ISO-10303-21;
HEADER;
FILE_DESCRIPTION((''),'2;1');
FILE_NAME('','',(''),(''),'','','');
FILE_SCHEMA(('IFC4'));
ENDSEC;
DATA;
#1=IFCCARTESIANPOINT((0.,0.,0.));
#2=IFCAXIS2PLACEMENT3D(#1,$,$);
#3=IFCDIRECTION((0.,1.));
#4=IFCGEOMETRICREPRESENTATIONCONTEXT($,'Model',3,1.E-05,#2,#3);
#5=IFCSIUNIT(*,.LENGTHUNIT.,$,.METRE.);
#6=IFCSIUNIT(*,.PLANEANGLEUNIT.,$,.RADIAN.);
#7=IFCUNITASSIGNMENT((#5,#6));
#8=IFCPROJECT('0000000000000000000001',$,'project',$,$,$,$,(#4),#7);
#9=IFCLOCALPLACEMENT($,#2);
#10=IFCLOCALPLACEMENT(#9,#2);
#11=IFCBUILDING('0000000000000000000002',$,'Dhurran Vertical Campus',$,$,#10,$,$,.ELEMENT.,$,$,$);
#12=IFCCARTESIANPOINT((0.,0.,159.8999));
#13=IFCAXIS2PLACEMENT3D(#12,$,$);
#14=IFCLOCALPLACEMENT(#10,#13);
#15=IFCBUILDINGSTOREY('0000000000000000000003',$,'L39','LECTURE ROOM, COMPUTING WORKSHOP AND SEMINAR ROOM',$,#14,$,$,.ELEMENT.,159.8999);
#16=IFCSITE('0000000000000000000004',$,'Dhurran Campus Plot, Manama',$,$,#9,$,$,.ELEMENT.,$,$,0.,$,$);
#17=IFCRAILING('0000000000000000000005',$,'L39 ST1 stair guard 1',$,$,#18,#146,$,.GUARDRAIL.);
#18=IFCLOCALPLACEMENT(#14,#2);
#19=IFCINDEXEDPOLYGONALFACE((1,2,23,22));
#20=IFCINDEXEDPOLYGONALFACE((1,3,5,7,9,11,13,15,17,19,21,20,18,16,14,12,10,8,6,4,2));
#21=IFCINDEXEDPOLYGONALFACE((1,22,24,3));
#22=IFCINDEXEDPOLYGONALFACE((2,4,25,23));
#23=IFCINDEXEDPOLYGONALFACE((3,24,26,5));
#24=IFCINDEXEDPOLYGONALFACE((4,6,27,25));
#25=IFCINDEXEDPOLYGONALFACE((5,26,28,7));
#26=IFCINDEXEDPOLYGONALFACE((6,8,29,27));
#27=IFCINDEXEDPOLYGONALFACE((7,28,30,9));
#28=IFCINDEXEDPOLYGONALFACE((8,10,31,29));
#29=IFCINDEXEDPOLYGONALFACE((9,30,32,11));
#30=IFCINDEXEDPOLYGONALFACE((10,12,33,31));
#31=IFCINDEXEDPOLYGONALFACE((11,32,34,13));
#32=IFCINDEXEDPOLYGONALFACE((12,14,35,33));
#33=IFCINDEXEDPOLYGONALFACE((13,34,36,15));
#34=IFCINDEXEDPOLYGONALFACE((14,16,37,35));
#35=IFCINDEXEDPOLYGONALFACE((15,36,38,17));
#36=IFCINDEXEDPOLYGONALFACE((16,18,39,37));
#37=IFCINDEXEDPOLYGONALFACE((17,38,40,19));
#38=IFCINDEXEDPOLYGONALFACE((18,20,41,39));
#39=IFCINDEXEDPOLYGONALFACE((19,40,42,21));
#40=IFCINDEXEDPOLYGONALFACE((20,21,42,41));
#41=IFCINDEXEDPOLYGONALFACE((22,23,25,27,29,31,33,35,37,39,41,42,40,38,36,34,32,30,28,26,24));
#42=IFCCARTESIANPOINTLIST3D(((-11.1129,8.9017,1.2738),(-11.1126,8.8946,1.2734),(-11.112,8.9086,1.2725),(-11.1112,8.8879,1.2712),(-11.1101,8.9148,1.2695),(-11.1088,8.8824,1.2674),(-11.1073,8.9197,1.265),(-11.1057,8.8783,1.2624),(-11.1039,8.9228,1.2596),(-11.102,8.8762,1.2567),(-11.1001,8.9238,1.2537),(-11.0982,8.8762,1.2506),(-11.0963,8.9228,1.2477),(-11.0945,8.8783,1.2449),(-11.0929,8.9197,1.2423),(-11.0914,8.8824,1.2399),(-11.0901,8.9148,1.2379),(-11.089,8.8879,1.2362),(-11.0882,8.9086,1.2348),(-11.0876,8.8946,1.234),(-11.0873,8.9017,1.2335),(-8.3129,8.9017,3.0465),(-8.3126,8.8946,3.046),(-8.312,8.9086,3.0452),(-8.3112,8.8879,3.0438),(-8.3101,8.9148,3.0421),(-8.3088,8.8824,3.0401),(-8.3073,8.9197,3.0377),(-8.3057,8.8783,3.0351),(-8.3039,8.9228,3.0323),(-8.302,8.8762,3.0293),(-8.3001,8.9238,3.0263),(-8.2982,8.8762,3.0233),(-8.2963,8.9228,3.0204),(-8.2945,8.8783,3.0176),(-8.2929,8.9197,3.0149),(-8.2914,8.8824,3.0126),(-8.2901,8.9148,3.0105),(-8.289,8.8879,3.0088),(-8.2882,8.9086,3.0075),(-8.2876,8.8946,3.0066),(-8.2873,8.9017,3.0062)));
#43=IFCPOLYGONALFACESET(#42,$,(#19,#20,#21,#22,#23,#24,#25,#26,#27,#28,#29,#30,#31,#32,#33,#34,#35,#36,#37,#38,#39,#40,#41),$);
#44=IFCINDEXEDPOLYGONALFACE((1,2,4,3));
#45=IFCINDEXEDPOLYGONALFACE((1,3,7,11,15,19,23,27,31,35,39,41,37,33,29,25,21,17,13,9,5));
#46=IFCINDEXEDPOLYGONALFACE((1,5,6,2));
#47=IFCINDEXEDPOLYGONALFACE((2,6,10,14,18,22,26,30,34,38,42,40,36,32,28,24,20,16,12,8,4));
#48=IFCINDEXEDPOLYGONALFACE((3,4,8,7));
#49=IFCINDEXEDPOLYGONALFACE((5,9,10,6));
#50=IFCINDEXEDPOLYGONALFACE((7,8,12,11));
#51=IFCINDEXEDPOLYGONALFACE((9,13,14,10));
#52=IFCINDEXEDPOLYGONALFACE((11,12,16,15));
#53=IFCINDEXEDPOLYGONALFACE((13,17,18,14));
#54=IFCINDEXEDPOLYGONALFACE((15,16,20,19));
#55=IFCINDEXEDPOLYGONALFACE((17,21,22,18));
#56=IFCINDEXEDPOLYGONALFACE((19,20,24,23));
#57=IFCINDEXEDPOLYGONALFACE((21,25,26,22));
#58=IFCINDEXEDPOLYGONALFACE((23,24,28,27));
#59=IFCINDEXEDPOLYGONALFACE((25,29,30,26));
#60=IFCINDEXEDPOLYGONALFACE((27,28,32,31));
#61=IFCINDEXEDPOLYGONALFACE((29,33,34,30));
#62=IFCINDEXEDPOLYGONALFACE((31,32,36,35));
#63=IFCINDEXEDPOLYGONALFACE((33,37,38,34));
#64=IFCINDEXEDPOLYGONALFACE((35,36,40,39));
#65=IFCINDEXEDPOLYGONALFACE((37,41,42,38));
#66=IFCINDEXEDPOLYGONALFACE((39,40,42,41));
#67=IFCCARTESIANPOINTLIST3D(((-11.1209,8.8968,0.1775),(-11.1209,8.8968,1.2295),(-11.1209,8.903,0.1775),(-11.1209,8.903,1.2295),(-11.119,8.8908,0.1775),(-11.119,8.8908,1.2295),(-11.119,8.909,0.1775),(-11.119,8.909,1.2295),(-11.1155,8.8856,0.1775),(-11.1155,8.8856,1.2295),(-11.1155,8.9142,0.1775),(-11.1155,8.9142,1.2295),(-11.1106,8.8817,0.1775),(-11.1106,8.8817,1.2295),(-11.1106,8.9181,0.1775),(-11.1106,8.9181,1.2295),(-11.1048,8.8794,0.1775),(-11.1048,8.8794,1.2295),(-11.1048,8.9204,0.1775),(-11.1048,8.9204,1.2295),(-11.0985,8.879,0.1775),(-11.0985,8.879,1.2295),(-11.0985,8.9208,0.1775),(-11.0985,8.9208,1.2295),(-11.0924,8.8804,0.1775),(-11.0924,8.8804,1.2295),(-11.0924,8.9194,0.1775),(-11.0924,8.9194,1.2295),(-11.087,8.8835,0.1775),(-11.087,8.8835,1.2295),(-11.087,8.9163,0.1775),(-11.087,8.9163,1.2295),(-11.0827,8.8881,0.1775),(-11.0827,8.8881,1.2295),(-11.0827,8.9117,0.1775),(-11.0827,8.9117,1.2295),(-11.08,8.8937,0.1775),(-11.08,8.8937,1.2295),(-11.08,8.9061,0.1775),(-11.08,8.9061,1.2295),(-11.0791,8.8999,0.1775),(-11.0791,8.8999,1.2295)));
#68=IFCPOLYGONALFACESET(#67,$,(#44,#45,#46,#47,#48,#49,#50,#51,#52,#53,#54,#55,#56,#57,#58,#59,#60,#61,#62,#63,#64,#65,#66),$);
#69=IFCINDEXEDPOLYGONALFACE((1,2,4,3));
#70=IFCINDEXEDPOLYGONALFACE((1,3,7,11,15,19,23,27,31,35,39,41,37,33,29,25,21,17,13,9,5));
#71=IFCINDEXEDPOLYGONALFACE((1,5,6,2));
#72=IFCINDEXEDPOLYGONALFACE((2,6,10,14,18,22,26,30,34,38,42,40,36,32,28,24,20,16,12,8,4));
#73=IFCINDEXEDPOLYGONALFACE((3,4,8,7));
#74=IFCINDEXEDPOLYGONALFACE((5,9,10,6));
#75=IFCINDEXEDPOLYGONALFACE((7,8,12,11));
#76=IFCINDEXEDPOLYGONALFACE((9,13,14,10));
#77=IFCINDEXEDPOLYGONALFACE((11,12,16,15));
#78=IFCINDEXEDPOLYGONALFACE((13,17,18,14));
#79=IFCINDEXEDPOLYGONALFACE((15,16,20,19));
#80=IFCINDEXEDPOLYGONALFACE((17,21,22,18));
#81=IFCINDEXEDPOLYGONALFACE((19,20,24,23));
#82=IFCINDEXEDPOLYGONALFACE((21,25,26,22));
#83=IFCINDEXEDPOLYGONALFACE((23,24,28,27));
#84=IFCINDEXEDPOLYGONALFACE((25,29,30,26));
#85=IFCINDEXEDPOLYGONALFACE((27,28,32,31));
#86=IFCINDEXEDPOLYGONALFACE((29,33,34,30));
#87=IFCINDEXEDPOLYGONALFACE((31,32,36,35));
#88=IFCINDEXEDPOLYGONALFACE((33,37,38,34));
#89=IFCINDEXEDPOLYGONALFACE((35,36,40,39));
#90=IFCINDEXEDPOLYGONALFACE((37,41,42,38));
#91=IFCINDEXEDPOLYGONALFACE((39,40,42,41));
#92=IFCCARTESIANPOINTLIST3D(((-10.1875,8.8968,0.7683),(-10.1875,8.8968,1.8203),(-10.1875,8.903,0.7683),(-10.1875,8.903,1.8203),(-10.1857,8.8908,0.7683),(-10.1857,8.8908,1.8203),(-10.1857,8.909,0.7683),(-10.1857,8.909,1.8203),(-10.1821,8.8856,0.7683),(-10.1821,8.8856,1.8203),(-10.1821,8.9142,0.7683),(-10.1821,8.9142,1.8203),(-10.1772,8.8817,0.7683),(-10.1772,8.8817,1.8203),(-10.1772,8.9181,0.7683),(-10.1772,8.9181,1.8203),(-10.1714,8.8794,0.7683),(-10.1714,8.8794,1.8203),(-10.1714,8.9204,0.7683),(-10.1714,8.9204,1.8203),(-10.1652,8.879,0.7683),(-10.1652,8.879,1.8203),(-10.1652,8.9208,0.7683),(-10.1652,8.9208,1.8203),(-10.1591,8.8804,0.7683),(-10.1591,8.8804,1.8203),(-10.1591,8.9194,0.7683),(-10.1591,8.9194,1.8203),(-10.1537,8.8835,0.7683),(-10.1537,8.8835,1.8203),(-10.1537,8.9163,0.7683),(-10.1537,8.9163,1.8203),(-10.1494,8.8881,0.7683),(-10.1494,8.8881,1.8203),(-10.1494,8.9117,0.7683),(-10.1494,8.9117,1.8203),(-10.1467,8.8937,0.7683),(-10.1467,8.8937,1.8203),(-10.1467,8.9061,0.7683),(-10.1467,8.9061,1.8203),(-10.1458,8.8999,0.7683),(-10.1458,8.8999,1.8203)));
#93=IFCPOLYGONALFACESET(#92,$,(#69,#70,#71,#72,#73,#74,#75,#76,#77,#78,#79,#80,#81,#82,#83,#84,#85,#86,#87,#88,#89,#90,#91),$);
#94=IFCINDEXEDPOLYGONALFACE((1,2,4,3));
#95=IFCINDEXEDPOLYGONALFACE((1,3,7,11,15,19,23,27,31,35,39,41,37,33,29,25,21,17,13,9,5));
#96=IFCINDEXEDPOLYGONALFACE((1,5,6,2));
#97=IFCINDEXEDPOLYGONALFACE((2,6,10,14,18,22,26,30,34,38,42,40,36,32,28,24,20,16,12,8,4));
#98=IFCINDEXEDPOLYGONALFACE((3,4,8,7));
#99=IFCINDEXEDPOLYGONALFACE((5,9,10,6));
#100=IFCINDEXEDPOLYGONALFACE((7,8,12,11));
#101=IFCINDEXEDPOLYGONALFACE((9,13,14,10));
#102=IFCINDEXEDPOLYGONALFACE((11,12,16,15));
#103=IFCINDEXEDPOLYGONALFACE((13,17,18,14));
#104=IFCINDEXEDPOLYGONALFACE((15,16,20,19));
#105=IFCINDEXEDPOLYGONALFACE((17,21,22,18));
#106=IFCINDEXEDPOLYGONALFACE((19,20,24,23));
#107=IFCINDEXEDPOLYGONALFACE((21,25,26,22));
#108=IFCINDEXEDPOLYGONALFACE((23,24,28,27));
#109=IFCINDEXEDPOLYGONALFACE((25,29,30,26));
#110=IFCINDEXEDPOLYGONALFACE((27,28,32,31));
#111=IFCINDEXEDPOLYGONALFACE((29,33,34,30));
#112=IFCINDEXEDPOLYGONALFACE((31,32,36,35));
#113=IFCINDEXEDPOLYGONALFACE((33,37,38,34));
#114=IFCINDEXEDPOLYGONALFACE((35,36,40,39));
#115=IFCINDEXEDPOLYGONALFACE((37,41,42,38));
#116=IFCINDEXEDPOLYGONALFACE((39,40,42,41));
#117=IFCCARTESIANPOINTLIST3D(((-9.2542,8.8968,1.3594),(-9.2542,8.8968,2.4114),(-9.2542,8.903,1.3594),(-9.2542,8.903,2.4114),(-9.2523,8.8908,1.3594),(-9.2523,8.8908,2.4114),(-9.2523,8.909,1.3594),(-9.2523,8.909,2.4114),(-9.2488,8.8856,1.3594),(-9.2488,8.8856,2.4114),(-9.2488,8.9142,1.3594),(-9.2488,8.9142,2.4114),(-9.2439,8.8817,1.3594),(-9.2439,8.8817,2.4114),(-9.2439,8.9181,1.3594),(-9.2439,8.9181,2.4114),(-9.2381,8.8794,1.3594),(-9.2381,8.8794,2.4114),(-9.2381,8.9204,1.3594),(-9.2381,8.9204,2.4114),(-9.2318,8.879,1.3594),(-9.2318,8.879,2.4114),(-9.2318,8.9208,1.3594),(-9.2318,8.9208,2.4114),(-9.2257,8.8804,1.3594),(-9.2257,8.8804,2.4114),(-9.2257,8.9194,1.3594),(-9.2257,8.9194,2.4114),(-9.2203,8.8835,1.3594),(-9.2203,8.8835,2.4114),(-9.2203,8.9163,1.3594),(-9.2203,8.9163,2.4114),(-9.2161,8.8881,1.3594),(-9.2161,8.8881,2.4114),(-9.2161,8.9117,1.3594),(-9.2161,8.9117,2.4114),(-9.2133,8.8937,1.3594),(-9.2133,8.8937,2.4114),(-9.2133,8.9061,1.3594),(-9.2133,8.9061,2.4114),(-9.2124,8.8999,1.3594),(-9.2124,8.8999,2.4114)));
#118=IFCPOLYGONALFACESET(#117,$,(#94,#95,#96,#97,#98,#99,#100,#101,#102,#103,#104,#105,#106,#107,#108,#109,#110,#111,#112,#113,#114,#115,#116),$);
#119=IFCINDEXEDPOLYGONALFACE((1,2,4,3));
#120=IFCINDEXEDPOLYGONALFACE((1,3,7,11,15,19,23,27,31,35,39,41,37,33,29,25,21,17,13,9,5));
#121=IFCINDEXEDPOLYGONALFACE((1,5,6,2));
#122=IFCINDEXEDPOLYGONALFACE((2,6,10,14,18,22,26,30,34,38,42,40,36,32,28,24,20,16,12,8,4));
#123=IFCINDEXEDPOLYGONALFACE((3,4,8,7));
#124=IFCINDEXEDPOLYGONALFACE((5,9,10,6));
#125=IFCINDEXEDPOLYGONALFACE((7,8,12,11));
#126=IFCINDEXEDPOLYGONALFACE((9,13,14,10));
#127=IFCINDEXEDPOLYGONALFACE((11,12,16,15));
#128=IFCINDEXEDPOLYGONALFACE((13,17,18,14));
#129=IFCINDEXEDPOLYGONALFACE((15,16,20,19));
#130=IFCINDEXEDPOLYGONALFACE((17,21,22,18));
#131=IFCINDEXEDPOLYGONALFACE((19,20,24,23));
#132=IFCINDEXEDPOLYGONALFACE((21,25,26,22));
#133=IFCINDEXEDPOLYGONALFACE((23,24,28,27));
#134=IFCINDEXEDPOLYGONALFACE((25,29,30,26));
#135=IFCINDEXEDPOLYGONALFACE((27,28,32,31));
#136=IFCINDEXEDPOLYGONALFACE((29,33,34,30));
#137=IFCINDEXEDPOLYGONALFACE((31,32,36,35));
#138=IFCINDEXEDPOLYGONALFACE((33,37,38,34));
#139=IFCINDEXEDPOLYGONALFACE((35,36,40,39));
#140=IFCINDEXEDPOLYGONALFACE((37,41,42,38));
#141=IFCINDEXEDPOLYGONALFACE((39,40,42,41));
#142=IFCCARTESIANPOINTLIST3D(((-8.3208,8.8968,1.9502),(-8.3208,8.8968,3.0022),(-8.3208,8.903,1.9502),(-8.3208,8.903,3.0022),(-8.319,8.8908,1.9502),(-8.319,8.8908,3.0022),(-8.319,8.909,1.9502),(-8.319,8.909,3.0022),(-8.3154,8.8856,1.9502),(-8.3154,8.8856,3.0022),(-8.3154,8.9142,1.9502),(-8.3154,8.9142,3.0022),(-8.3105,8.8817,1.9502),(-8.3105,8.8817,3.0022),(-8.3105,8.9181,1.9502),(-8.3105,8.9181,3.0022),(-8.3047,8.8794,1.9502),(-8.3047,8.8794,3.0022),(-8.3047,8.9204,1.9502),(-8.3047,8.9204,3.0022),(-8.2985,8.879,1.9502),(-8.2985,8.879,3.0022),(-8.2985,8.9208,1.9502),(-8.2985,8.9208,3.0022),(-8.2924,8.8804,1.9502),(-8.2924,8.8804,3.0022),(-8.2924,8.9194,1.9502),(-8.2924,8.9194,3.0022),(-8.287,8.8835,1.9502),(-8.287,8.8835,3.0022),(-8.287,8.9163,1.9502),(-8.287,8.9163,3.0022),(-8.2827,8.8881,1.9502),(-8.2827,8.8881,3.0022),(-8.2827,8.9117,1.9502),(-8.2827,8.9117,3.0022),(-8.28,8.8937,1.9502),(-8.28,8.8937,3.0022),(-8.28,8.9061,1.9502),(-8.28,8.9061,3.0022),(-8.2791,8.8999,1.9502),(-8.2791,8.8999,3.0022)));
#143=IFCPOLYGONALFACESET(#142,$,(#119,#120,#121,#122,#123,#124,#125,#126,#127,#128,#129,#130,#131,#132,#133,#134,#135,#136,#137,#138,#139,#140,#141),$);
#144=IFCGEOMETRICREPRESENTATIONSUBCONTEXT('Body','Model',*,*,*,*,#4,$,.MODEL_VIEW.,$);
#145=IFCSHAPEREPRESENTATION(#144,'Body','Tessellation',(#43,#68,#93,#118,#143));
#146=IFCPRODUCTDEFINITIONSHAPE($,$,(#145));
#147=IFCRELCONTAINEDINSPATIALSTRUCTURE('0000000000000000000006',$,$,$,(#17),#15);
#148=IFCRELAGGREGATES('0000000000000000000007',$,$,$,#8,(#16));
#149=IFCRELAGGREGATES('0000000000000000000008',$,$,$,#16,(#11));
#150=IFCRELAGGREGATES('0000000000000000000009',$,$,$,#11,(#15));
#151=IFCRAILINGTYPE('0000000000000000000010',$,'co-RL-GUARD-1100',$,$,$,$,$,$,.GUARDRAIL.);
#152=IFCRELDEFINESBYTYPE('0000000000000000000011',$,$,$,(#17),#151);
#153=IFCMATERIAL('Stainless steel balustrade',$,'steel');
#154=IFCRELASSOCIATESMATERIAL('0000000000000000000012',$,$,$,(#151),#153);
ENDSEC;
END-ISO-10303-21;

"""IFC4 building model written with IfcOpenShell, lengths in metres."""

from ifc_helpers import new_model, si_unit, direction, frame, origin, origin_2d, place, context, subcontext, project, spatial, circle, extrude, material, type_object, element, save


model = new_model("IFC4")

# Units and contexts
model_context = context("Model", 3, precision=1e-05, world=origin(), true_north=direction((0.0, 1.0)))
body_context = subcontext(model_context, "Body", "Model", "MODEL_VIEW")
ifc_project = project(units=[si_unit("LENGTHUNIT", "METRE"), si_unit("PLANEANGLEUNIT", "RADIAN")], contexts=[model_context])

# Site, building, storey
site_placement = place(None, origin())
site = spatial("IfcSite", under=ifc_project, at=site_placement, Name="Dhurran Campus Plot, Manama", CompositionType="ELEMENT", RefElevation=0.0)
building_placement = place(site_placement, origin())
building = spatial("IfcBuilding", under=site, at=building_placement, Name="Dhurran Vertical Campus", CompositionType="ELEMENT")
storey_placement = place(building_placement, frame((0.0, 0.0, 159.8999)))
storey = spatial("IfcBuildingStorey", under=building, at=storey_placement, Name="L39", Description="LECTURE ROOM, COMPUTING WORKSHOP AND SEMINAR ROOM", CompositionType="ELEMENT", Elevation=159.8999)

# Railing
ifc_material_1 = material(Name="Stainless steel balustrade", Category="steel")
railing_type_1 = type_object("IfcRailingType", Name="co-RL-GUARD-1100", PredefinedType="GUARDRAIL", material=ifc_material_1)
railing_1_placement = place(storey_placement, frame((-11.1001, 8.8999, 0.1775)))
element("IfcRailing", 1, at=railing_1_placement, inside=storey, type_object=railing_type_1, Name="L39 ST1 stair guard 1", PredefinedType="GUARDRAIL", context=body_context, shape_type="SweptSolid", body=[
    extrude(circle(Radius=0.0239, at=origin_2d()), frame((0.0, 0.0, 1.0762), z_axis=(0.844909, 0.0, 0.53491), x_axis=(0.0, 1.0, 0.0)), (0.0, 0.0, 1.0), 3.314),
    extrude(circle(Radius=0.021, at=origin_2d()), origin(), (0.0, 0.0, 1.0), 1.052),
    extrude(circle(Radius=0.021, at=origin_2d()), frame((0.9333, 0.0, 0.5908)), (0.0, 0.0, 1.0), 1.052),
    extrude(circle(Radius=0.021, at=origin_2d()), frame((1.8667, 0.0, 1.1819)), (0.0, 0.0, 1.0), 1.052),
    extrude(circle(Radius=0.021, at=origin_2d()), frame((2.8, 0.0, 1.7727)), (0.0, 0.0, 1.0), 1.052),
])

save(model, "model.ifc")
